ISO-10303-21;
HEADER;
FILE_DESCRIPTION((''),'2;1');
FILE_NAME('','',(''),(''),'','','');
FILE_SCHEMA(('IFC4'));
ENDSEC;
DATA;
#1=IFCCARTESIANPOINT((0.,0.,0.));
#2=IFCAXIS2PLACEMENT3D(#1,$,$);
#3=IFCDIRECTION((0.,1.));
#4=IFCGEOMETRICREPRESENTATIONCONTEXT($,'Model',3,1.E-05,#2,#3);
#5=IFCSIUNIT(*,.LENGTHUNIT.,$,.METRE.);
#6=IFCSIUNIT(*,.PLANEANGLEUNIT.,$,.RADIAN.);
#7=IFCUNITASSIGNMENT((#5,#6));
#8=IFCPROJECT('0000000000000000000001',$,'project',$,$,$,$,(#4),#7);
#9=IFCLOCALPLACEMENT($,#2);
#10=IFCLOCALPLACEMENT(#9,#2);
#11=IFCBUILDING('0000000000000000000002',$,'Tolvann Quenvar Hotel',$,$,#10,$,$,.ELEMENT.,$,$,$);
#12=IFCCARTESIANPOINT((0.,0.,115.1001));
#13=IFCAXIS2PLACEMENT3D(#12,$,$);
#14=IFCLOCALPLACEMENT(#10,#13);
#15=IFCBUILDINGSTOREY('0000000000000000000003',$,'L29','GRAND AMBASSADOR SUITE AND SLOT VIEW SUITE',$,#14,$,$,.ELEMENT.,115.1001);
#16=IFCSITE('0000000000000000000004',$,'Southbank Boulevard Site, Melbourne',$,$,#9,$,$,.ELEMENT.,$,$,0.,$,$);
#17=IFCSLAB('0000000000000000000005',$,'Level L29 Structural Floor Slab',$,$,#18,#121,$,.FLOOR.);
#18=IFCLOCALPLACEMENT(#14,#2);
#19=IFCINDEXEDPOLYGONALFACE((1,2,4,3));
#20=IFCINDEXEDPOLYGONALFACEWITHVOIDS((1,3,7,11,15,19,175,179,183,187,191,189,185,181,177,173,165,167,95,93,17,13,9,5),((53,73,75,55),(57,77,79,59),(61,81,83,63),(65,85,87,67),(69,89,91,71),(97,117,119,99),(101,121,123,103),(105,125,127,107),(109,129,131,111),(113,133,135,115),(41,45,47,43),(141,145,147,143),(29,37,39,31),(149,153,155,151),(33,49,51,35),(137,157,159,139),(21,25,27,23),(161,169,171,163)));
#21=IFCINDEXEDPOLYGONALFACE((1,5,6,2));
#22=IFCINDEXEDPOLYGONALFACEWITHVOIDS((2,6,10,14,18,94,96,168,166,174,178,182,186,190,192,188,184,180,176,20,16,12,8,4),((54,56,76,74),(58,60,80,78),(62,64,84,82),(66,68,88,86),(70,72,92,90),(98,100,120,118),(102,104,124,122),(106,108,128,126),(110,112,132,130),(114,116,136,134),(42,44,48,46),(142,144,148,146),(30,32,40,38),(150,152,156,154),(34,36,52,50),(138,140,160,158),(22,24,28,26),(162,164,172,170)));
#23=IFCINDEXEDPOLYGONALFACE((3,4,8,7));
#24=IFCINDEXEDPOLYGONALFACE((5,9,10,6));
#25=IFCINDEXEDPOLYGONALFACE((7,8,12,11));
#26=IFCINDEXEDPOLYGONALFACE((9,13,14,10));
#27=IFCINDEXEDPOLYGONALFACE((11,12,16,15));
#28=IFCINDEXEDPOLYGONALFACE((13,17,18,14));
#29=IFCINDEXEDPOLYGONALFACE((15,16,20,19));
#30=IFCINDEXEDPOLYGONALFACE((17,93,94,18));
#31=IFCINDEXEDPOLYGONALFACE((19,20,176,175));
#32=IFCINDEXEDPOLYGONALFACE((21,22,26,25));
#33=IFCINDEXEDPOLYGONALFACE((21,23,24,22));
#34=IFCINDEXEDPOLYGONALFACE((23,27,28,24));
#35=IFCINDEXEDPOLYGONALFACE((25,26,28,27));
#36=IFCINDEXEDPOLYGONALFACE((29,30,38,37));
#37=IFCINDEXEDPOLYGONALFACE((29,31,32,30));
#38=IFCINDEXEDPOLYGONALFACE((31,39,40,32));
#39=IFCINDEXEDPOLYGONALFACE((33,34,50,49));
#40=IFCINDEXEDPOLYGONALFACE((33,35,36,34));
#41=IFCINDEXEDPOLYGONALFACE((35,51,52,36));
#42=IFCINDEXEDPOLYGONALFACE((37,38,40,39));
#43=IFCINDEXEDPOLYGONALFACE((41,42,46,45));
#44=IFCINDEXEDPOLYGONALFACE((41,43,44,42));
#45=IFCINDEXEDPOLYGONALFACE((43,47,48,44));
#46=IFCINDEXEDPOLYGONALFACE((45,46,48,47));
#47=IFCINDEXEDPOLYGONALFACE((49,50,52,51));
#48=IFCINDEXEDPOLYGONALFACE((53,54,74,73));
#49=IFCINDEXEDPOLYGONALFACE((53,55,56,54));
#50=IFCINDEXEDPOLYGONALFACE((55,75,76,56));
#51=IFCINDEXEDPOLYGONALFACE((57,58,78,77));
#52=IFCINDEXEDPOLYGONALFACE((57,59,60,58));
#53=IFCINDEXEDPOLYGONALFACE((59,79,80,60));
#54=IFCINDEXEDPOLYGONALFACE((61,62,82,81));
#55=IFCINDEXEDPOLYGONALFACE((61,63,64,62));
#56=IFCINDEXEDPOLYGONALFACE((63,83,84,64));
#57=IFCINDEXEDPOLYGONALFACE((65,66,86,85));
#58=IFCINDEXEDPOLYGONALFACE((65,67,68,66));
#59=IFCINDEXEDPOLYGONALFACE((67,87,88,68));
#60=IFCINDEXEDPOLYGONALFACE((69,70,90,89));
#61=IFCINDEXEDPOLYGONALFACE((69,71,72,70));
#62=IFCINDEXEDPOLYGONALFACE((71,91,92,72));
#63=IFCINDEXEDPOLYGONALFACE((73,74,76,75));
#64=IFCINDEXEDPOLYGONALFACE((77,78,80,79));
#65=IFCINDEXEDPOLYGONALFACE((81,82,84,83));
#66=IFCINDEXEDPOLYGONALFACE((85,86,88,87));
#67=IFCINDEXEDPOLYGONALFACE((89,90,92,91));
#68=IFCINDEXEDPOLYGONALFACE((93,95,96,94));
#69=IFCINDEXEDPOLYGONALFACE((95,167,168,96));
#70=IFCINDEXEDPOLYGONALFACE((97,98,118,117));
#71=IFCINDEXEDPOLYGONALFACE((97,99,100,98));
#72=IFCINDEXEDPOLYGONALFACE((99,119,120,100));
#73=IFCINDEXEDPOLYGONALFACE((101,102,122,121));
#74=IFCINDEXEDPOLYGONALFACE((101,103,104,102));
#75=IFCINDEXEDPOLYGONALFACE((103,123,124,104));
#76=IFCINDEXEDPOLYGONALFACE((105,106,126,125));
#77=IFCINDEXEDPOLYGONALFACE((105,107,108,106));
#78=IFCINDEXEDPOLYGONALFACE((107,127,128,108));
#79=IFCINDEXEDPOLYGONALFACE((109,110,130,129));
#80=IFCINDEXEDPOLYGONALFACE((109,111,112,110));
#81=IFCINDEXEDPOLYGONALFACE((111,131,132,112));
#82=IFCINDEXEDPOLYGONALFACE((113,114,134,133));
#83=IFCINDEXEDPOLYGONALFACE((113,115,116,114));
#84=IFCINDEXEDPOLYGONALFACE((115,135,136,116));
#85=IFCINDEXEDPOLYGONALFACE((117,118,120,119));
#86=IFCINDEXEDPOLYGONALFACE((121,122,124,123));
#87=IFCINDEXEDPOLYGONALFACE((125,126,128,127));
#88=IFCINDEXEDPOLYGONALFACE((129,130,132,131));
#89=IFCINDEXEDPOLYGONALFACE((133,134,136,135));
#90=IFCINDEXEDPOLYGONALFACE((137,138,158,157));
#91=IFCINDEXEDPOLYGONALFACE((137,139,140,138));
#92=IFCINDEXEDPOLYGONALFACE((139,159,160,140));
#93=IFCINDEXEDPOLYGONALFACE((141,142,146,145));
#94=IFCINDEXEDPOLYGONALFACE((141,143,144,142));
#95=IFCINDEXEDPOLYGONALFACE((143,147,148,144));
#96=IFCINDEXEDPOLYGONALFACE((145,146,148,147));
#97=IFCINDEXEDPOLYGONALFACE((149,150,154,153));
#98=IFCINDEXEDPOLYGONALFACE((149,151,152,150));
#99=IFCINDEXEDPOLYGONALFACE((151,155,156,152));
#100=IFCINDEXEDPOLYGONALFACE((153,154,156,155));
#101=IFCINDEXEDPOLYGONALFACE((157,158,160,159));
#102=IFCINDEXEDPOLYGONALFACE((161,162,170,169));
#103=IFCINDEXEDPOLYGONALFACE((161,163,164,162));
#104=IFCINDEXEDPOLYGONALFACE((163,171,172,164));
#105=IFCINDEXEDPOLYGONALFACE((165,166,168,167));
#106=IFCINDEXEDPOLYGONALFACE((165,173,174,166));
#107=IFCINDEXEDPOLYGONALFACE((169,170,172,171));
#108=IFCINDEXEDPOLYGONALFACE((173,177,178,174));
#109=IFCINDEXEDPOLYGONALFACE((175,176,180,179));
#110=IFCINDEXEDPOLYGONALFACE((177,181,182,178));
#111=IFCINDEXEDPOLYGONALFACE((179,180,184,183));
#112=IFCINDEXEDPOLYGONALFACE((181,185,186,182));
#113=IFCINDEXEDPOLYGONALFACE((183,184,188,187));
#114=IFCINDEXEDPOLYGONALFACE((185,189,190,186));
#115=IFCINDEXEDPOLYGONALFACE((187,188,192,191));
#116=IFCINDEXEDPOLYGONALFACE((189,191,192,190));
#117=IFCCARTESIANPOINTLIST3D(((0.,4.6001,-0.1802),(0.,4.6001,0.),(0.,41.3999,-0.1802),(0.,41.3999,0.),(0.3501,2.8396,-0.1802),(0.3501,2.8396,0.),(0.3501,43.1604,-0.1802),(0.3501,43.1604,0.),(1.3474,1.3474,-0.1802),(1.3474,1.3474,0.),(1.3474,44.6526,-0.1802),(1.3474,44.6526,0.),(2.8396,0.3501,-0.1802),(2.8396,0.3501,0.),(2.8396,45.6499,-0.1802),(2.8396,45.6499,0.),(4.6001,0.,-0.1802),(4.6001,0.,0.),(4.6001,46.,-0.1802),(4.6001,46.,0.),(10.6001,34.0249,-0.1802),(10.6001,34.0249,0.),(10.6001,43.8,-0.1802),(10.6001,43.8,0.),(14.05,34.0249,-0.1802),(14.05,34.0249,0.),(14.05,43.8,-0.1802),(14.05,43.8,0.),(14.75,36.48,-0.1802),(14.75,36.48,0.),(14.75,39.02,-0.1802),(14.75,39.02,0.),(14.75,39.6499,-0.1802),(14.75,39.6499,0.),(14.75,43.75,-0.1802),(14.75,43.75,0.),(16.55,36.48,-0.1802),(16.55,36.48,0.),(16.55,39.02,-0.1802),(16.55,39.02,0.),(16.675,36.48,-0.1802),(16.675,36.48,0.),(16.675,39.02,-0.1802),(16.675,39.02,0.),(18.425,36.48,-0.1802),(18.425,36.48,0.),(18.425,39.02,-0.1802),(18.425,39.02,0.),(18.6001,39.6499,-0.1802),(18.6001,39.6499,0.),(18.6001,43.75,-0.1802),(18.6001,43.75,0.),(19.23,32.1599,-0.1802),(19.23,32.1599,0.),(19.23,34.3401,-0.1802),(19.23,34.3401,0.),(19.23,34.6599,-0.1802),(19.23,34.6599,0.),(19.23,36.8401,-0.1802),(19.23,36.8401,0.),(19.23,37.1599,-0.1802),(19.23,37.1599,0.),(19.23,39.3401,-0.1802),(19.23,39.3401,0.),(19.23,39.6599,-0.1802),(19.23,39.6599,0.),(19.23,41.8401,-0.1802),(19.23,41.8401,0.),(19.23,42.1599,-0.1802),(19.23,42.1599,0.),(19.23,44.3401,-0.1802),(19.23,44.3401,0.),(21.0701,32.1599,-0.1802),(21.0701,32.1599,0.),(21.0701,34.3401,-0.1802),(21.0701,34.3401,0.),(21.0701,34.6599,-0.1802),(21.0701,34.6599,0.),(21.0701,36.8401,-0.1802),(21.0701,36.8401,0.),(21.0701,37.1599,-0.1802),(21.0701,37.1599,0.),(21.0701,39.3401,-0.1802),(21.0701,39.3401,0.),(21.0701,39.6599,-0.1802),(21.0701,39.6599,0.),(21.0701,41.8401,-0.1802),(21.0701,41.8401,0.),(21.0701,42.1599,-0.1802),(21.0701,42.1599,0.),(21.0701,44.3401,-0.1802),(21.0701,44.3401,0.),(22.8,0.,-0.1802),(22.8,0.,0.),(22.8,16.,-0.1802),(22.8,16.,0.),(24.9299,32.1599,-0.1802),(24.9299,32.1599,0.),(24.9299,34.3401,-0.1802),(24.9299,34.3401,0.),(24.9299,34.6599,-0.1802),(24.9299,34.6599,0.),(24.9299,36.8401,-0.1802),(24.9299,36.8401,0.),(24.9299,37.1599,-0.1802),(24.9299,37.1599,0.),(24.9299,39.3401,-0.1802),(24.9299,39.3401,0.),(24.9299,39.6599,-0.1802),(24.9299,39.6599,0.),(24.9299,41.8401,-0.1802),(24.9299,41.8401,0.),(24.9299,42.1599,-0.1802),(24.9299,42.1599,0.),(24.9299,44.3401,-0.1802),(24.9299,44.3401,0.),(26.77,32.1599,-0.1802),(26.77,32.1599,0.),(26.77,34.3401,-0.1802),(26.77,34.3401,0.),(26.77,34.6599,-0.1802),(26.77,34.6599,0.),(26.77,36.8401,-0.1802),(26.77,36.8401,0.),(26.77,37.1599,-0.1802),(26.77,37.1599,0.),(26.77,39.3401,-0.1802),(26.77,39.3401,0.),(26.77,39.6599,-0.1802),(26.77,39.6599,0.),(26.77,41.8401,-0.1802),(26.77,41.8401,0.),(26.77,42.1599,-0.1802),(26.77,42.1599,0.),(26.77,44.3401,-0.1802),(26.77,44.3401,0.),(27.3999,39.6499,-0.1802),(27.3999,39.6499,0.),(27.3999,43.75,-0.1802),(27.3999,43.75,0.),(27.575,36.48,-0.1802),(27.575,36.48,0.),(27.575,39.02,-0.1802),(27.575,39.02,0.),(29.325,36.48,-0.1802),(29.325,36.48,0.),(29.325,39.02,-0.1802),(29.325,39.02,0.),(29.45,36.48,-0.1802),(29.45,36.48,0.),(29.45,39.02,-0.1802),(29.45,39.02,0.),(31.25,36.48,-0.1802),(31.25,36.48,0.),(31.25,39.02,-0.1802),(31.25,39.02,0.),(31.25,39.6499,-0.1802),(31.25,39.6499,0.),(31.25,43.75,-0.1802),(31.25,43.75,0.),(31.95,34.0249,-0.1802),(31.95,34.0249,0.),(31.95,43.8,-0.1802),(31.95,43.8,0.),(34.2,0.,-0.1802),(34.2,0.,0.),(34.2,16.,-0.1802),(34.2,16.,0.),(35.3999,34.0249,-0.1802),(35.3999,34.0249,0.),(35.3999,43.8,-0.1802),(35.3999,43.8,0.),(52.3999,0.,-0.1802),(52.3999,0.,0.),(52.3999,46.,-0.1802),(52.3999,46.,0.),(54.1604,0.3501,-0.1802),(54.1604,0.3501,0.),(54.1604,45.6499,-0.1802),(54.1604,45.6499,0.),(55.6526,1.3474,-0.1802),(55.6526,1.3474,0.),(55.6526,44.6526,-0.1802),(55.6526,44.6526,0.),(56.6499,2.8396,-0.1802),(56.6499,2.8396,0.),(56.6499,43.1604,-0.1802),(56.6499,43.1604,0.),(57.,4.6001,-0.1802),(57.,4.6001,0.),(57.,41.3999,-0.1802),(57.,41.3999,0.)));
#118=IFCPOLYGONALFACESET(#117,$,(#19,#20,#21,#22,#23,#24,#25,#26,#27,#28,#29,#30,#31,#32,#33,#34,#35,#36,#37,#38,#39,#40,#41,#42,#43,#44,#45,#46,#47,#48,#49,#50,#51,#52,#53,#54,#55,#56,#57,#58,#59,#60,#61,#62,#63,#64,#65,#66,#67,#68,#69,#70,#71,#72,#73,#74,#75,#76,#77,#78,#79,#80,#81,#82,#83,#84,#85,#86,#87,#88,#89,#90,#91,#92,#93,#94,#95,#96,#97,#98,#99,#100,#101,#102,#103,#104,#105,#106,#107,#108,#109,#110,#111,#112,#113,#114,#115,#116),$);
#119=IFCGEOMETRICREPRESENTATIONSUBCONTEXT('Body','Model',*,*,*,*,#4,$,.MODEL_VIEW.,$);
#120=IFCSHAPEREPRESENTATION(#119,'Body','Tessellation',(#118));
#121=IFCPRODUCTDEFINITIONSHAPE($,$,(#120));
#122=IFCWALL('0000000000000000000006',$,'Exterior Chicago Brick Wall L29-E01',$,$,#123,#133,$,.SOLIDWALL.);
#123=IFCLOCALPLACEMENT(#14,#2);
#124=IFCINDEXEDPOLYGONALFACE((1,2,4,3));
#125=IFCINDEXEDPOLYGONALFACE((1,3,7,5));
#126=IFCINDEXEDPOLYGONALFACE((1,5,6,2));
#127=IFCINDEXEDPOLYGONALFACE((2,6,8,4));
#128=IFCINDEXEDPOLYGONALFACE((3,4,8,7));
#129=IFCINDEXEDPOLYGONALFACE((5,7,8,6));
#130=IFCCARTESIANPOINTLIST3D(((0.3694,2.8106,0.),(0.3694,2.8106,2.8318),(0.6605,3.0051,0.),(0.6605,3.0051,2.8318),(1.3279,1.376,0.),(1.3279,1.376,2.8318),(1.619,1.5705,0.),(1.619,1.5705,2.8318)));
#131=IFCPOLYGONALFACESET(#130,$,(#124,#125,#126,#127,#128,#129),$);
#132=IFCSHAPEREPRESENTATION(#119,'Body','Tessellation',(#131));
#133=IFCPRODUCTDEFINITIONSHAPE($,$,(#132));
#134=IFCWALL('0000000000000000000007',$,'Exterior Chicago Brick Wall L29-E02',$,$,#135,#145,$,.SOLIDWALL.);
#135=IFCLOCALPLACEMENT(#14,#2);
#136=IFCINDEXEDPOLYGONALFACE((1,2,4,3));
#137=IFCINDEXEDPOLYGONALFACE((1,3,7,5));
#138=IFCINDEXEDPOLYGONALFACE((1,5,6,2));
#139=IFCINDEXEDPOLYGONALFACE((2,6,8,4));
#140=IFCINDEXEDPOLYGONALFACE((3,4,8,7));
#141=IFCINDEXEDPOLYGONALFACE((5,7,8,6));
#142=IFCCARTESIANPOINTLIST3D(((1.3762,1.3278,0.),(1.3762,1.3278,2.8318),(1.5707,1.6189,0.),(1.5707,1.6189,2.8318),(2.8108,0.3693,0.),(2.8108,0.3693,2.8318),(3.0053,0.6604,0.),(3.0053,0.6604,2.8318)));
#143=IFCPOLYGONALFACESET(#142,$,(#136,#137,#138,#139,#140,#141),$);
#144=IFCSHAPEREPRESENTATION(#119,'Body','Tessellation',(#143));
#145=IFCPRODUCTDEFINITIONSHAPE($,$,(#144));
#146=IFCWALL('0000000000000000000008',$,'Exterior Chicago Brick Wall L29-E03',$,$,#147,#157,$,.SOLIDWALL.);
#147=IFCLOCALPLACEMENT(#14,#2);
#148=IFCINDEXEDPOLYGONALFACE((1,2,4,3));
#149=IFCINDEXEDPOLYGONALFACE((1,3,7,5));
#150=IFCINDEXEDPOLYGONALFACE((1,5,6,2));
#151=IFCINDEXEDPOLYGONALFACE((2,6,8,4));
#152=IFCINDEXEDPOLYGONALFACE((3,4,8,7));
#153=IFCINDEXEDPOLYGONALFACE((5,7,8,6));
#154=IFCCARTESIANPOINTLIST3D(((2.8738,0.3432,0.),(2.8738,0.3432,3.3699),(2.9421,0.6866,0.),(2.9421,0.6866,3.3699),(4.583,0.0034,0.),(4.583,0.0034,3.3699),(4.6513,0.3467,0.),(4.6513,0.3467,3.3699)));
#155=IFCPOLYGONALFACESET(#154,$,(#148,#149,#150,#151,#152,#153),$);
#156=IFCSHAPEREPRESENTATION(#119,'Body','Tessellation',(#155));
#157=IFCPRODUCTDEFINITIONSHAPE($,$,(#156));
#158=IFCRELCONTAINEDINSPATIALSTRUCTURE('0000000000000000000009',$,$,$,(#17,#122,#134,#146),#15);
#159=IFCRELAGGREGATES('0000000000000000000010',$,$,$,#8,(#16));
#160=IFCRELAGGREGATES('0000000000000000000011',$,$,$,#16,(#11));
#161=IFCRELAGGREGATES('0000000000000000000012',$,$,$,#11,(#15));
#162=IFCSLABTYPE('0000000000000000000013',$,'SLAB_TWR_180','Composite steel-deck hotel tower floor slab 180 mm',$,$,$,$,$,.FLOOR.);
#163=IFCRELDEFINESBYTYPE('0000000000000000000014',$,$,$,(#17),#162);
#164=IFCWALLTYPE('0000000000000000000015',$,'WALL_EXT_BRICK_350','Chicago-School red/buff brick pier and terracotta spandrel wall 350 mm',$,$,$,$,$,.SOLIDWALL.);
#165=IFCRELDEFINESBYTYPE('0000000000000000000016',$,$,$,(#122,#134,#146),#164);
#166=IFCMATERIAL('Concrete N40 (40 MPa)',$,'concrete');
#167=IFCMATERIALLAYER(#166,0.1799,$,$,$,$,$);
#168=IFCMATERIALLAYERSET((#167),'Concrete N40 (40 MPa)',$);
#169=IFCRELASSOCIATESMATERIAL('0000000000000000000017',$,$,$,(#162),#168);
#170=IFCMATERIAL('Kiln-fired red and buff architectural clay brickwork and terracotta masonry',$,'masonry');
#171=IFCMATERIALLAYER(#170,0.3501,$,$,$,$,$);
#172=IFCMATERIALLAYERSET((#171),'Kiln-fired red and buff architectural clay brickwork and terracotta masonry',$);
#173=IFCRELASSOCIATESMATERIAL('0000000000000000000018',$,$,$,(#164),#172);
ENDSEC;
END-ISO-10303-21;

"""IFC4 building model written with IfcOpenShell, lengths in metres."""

from ifc_helpers import new_model, si_unit, direction, frame, frame_2d, origin, place, context, subcontext, project, spatial, polyline, rectangle, outline, extrude, material, layer, layer_set, type_object, element, save


model = new_model("IFC4")

# Units and contexts
model_context = context("Model", 3, precision=1e-05, world=origin(), true_north=direction((0.0, 1.0)))
body_context = subcontext(model_context, "Body", "Model", "MODEL_VIEW")
ifc_project = project(units=[si_unit("LENGTHUNIT", "METRE"), si_unit("PLANEANGLEUNIT", "RADIAN")], contexts=[model_context])

# Site, building, storey
site_placement = place(None, origin())
site = spatial("IfcSite", under=ifc_project, at=site_placement, Name="Southbank Boulevard Site, Melbourne", CompositionType="ELEMENT", RefElevation=0.0)
building_placement = place(site_placement, origin())
building = spatial("IfcBuilding", under=site, at=building_placement, Name="Tolvann Quenvar Hotel", CompositionType="ELEMENT")
storey_placement = place(building_placement, frame((0.0, 0.0, 115.1001)))
storey = spatial("IfcBuildingStorey", under=building, at=storey_placement, Name="L29", Description="GRAND AMBASSADOR SUITE AND SLOT VIEW SUITE", CompositionType="ELEMENT", Elevation=115.1001)

# Shared definitions
ifc_material_1 = material(Name="Concrete N40 (40 MPa)", Category="concrete")

# Slab
ifc_layer_1 = layer(ifc_material_1, 0.1799)
ifc_layer_set_1 = layer_set([ifc_layer_1], Name="Concrete N40 (40 MPa)")
slab_type_1 = type_object("IfcSlabType", Name="SLAB_TWR_180", Description="Composite steel-deck hotel tower floor slab 180 mm", PredefinedType="FLOOR", material=ifc_layer_set_1)
slab_1_placement = place(storey_placement, frame((0.0, 0.0, -0.1802)))
element("IfcSlab", 1, at=slab_1_placement, inside=storey, type_object=slab_type_1, Name="Level L29 Structural Floor Slab", PredefinedType="FLOOR", context=body_context, shape_type="SweptSolid", body=[
    extrude(outline(polyline([(0.0, 4.6001), (0.3501, 2.8396), (1.3474, 1.3474), (2.8396, 0.3501), (4.6001, 0.0), (22.8, 0.0), (22.8, 16.0), (34.2, 16.0), (34.2, 0.0), (52.3999, 0.0), (54.1604, 0.3501), (55.6526, 1.3474), (56.6499, 2.8396), (57.0, 4.6001), (57.0, 41.3999), (56.6499, 43.1604), (55.6526, 44.6526), (54.1604, 45.6499), (52.3999, 46.0), (4.6001, 46.0), (2.8396, 45.6499), (1.3474, 44.6526), (0.3501, 43.1604), (0.0, 41.3999), (0.0, 4.6001)]), holes=[polyline([(31.95, 34.0249), (31.95, 43.8), (35.3999, 43.8), (35.3999, 34.0249), (31.95, 34.0249)]), polyline([(29.45, 39.02), (31.25, 39.02), (31.25, 36.48), (29.45, 36.48), (29.45, 39.02)]), polyline([(31.25, 43.75), (31.25, 39.6499), (27.3999, 39.6499), (27.3999, 43.75), (31.25, 43.75)]), polyline([(27.575, 39.02), (29.325, 39.02), (29.325, 36.48), (27.575, 36.48), (27.575, 39.02)]), polyline([(26.77, 44.3401), (26.77, 42.1599), (24.9299, 42.1599), (24.9299, 44.3401), (26.77, 44.3401)]), polyline([(24.9299, 41.8401), (26.77, 41.8401), (26.77, 39.6599), (24.9299, 39.6599), (24.9299, 41.8401)]), polyline([(24.9299, 39.3401), (26.77, 39.3401), (26.77, 37.1599), (24.9299, 37.1599), (24.9299, 39.3401)]), polyline([(24.9299, 36.8401), (26.77, 36.8401), (26.77, 34.6599), (24.9299, 34.6599), (24.9299, 36.8401)]), polyline([(24.9299, 34.3401), (26.77, 34.3401), (26.77, 32.1599), (24.9299, 32.1599), (24.9299, 34.3401)]), polyline([(21.0701, 44.3401), (21.0701, 42.1599), (19.23, 42.1599), (19.23, 44.3401), (21.0701, 44.3401)]), polyline([(19.23, 41.8401), (21.0701, 41.8401), (21.0701, 39.6599), (19.23, 39.6599), (19.23, 41.8401)]), polyline([(19.23, 39.3401), (21.0701, 39.3401), (21.0701, 37.1599), (19.23, 37.1599), (19.23, 39.3401)]), polyline([(19.23, 36.8401), (21.0701, 36.8401), (21.0701, 34.6599), (19.23, 34.6599), (19.23, 36.8401)]), polyline([(19.23, 34.3401), (21.0701, 34.3401), (21.0701, 32.1599), (19.23, 32.1599), (19.23, 34.3401)]), polyline([(18.6001, 43.75), (18.6001, 39.6499), (14.75, 39.6499), (14.75, 43.75), (18.6001, 43.75)]), polyline([(16.675, 39.02), (18.425, 39.02), (18.425, 36.48), (16.675, 36.48), (16.675, 39.02)]), polyline([(14.75, 39.02), (16.55, 39.02), (16.55, 36.48), (14.75, 36.48), (14.75, 39.02)]), polyline([(10.6001, 34.0249), (10.6001, 43.8), (14.05, 43.8), (14.05, 34.0249), (10.6001, 34.0249)])]), origin(), (0.0, 0.0, 1.0), 0.1802),
])

# Walls
ifc_material_2 = material(Name="Kiln-fired red and buff architectural clay brickwork and terracotta masonry", Category="masonry")
ifc_layer_2 = layer(ifc_material_2, 0.3501)
ifc_layer_set_2 = layer_set([ifc_layer_2], Name="Kiln-fired red and buff architectural clay brickwork and terracotta masonry")
wall_type_1 = type_object("IfcWallType", Name="WALL_EXT_BRICK_350", Description="Chicago-School red/buff brick pier and terracotta spandrel wall 350 mm", PredefinedType="SOLIDWALL", material=ifc_layer_set_2)
for number, where, z_axis, x_axis, name in (
    (2, (0.5149, 2.908, 0.0), (0.0, 0.0, 1.0), (0.555549, -0.831484, 0.0), "Exterior Chicago Brick Wall L29-E01"),
    (3, (1.4734, 1.4734, 0.0), (0.0, 0.0, 1.0), (0.831484, -0.555549, 0.0), "Exterior Chicago Brick Wall L29-E02"),
):
    element("IfcWall", number, at=place(storey_placement, frame(where, z_axis=z_axis, x_axis=x_axis)), inside=storey, type_object=wall_type_1, Name=name, PredefinedType="SOLIDWALL", context=body_context, shape_type="SweptSolid", body=[
        extrude(rectangle(XDim=1.7253, YDim=0.3501, at=frame_2d((0.8628, 0.0))), origin(), (0.0, 0.0, 1.0), 2.8318),
    ])
wall_1_placement = place(storey_placement, frame((2.908, 0.5149, 0.0), z_axis=(0.0, 0.0, 1.0), x_axis=(0.980801, -0.195011, 0.0)))
element("IfcWall", 4, at=wall_1_placement, inside=storey, type_object=wall_type_1, Name="Exterior Chicago Brick Wall L29-E03", PredefinedType="SOLIDWALL", context=body_context, shape_type="SweptSolid", body=[
    extrude(rectangle(XDim=1.7427, YDim=0.3501, at=frame_2d((0.8713, 0.0))), origin(), (0.0, 0.0, 1.0), 3.3699),
])

save(model, "model.ifc")
